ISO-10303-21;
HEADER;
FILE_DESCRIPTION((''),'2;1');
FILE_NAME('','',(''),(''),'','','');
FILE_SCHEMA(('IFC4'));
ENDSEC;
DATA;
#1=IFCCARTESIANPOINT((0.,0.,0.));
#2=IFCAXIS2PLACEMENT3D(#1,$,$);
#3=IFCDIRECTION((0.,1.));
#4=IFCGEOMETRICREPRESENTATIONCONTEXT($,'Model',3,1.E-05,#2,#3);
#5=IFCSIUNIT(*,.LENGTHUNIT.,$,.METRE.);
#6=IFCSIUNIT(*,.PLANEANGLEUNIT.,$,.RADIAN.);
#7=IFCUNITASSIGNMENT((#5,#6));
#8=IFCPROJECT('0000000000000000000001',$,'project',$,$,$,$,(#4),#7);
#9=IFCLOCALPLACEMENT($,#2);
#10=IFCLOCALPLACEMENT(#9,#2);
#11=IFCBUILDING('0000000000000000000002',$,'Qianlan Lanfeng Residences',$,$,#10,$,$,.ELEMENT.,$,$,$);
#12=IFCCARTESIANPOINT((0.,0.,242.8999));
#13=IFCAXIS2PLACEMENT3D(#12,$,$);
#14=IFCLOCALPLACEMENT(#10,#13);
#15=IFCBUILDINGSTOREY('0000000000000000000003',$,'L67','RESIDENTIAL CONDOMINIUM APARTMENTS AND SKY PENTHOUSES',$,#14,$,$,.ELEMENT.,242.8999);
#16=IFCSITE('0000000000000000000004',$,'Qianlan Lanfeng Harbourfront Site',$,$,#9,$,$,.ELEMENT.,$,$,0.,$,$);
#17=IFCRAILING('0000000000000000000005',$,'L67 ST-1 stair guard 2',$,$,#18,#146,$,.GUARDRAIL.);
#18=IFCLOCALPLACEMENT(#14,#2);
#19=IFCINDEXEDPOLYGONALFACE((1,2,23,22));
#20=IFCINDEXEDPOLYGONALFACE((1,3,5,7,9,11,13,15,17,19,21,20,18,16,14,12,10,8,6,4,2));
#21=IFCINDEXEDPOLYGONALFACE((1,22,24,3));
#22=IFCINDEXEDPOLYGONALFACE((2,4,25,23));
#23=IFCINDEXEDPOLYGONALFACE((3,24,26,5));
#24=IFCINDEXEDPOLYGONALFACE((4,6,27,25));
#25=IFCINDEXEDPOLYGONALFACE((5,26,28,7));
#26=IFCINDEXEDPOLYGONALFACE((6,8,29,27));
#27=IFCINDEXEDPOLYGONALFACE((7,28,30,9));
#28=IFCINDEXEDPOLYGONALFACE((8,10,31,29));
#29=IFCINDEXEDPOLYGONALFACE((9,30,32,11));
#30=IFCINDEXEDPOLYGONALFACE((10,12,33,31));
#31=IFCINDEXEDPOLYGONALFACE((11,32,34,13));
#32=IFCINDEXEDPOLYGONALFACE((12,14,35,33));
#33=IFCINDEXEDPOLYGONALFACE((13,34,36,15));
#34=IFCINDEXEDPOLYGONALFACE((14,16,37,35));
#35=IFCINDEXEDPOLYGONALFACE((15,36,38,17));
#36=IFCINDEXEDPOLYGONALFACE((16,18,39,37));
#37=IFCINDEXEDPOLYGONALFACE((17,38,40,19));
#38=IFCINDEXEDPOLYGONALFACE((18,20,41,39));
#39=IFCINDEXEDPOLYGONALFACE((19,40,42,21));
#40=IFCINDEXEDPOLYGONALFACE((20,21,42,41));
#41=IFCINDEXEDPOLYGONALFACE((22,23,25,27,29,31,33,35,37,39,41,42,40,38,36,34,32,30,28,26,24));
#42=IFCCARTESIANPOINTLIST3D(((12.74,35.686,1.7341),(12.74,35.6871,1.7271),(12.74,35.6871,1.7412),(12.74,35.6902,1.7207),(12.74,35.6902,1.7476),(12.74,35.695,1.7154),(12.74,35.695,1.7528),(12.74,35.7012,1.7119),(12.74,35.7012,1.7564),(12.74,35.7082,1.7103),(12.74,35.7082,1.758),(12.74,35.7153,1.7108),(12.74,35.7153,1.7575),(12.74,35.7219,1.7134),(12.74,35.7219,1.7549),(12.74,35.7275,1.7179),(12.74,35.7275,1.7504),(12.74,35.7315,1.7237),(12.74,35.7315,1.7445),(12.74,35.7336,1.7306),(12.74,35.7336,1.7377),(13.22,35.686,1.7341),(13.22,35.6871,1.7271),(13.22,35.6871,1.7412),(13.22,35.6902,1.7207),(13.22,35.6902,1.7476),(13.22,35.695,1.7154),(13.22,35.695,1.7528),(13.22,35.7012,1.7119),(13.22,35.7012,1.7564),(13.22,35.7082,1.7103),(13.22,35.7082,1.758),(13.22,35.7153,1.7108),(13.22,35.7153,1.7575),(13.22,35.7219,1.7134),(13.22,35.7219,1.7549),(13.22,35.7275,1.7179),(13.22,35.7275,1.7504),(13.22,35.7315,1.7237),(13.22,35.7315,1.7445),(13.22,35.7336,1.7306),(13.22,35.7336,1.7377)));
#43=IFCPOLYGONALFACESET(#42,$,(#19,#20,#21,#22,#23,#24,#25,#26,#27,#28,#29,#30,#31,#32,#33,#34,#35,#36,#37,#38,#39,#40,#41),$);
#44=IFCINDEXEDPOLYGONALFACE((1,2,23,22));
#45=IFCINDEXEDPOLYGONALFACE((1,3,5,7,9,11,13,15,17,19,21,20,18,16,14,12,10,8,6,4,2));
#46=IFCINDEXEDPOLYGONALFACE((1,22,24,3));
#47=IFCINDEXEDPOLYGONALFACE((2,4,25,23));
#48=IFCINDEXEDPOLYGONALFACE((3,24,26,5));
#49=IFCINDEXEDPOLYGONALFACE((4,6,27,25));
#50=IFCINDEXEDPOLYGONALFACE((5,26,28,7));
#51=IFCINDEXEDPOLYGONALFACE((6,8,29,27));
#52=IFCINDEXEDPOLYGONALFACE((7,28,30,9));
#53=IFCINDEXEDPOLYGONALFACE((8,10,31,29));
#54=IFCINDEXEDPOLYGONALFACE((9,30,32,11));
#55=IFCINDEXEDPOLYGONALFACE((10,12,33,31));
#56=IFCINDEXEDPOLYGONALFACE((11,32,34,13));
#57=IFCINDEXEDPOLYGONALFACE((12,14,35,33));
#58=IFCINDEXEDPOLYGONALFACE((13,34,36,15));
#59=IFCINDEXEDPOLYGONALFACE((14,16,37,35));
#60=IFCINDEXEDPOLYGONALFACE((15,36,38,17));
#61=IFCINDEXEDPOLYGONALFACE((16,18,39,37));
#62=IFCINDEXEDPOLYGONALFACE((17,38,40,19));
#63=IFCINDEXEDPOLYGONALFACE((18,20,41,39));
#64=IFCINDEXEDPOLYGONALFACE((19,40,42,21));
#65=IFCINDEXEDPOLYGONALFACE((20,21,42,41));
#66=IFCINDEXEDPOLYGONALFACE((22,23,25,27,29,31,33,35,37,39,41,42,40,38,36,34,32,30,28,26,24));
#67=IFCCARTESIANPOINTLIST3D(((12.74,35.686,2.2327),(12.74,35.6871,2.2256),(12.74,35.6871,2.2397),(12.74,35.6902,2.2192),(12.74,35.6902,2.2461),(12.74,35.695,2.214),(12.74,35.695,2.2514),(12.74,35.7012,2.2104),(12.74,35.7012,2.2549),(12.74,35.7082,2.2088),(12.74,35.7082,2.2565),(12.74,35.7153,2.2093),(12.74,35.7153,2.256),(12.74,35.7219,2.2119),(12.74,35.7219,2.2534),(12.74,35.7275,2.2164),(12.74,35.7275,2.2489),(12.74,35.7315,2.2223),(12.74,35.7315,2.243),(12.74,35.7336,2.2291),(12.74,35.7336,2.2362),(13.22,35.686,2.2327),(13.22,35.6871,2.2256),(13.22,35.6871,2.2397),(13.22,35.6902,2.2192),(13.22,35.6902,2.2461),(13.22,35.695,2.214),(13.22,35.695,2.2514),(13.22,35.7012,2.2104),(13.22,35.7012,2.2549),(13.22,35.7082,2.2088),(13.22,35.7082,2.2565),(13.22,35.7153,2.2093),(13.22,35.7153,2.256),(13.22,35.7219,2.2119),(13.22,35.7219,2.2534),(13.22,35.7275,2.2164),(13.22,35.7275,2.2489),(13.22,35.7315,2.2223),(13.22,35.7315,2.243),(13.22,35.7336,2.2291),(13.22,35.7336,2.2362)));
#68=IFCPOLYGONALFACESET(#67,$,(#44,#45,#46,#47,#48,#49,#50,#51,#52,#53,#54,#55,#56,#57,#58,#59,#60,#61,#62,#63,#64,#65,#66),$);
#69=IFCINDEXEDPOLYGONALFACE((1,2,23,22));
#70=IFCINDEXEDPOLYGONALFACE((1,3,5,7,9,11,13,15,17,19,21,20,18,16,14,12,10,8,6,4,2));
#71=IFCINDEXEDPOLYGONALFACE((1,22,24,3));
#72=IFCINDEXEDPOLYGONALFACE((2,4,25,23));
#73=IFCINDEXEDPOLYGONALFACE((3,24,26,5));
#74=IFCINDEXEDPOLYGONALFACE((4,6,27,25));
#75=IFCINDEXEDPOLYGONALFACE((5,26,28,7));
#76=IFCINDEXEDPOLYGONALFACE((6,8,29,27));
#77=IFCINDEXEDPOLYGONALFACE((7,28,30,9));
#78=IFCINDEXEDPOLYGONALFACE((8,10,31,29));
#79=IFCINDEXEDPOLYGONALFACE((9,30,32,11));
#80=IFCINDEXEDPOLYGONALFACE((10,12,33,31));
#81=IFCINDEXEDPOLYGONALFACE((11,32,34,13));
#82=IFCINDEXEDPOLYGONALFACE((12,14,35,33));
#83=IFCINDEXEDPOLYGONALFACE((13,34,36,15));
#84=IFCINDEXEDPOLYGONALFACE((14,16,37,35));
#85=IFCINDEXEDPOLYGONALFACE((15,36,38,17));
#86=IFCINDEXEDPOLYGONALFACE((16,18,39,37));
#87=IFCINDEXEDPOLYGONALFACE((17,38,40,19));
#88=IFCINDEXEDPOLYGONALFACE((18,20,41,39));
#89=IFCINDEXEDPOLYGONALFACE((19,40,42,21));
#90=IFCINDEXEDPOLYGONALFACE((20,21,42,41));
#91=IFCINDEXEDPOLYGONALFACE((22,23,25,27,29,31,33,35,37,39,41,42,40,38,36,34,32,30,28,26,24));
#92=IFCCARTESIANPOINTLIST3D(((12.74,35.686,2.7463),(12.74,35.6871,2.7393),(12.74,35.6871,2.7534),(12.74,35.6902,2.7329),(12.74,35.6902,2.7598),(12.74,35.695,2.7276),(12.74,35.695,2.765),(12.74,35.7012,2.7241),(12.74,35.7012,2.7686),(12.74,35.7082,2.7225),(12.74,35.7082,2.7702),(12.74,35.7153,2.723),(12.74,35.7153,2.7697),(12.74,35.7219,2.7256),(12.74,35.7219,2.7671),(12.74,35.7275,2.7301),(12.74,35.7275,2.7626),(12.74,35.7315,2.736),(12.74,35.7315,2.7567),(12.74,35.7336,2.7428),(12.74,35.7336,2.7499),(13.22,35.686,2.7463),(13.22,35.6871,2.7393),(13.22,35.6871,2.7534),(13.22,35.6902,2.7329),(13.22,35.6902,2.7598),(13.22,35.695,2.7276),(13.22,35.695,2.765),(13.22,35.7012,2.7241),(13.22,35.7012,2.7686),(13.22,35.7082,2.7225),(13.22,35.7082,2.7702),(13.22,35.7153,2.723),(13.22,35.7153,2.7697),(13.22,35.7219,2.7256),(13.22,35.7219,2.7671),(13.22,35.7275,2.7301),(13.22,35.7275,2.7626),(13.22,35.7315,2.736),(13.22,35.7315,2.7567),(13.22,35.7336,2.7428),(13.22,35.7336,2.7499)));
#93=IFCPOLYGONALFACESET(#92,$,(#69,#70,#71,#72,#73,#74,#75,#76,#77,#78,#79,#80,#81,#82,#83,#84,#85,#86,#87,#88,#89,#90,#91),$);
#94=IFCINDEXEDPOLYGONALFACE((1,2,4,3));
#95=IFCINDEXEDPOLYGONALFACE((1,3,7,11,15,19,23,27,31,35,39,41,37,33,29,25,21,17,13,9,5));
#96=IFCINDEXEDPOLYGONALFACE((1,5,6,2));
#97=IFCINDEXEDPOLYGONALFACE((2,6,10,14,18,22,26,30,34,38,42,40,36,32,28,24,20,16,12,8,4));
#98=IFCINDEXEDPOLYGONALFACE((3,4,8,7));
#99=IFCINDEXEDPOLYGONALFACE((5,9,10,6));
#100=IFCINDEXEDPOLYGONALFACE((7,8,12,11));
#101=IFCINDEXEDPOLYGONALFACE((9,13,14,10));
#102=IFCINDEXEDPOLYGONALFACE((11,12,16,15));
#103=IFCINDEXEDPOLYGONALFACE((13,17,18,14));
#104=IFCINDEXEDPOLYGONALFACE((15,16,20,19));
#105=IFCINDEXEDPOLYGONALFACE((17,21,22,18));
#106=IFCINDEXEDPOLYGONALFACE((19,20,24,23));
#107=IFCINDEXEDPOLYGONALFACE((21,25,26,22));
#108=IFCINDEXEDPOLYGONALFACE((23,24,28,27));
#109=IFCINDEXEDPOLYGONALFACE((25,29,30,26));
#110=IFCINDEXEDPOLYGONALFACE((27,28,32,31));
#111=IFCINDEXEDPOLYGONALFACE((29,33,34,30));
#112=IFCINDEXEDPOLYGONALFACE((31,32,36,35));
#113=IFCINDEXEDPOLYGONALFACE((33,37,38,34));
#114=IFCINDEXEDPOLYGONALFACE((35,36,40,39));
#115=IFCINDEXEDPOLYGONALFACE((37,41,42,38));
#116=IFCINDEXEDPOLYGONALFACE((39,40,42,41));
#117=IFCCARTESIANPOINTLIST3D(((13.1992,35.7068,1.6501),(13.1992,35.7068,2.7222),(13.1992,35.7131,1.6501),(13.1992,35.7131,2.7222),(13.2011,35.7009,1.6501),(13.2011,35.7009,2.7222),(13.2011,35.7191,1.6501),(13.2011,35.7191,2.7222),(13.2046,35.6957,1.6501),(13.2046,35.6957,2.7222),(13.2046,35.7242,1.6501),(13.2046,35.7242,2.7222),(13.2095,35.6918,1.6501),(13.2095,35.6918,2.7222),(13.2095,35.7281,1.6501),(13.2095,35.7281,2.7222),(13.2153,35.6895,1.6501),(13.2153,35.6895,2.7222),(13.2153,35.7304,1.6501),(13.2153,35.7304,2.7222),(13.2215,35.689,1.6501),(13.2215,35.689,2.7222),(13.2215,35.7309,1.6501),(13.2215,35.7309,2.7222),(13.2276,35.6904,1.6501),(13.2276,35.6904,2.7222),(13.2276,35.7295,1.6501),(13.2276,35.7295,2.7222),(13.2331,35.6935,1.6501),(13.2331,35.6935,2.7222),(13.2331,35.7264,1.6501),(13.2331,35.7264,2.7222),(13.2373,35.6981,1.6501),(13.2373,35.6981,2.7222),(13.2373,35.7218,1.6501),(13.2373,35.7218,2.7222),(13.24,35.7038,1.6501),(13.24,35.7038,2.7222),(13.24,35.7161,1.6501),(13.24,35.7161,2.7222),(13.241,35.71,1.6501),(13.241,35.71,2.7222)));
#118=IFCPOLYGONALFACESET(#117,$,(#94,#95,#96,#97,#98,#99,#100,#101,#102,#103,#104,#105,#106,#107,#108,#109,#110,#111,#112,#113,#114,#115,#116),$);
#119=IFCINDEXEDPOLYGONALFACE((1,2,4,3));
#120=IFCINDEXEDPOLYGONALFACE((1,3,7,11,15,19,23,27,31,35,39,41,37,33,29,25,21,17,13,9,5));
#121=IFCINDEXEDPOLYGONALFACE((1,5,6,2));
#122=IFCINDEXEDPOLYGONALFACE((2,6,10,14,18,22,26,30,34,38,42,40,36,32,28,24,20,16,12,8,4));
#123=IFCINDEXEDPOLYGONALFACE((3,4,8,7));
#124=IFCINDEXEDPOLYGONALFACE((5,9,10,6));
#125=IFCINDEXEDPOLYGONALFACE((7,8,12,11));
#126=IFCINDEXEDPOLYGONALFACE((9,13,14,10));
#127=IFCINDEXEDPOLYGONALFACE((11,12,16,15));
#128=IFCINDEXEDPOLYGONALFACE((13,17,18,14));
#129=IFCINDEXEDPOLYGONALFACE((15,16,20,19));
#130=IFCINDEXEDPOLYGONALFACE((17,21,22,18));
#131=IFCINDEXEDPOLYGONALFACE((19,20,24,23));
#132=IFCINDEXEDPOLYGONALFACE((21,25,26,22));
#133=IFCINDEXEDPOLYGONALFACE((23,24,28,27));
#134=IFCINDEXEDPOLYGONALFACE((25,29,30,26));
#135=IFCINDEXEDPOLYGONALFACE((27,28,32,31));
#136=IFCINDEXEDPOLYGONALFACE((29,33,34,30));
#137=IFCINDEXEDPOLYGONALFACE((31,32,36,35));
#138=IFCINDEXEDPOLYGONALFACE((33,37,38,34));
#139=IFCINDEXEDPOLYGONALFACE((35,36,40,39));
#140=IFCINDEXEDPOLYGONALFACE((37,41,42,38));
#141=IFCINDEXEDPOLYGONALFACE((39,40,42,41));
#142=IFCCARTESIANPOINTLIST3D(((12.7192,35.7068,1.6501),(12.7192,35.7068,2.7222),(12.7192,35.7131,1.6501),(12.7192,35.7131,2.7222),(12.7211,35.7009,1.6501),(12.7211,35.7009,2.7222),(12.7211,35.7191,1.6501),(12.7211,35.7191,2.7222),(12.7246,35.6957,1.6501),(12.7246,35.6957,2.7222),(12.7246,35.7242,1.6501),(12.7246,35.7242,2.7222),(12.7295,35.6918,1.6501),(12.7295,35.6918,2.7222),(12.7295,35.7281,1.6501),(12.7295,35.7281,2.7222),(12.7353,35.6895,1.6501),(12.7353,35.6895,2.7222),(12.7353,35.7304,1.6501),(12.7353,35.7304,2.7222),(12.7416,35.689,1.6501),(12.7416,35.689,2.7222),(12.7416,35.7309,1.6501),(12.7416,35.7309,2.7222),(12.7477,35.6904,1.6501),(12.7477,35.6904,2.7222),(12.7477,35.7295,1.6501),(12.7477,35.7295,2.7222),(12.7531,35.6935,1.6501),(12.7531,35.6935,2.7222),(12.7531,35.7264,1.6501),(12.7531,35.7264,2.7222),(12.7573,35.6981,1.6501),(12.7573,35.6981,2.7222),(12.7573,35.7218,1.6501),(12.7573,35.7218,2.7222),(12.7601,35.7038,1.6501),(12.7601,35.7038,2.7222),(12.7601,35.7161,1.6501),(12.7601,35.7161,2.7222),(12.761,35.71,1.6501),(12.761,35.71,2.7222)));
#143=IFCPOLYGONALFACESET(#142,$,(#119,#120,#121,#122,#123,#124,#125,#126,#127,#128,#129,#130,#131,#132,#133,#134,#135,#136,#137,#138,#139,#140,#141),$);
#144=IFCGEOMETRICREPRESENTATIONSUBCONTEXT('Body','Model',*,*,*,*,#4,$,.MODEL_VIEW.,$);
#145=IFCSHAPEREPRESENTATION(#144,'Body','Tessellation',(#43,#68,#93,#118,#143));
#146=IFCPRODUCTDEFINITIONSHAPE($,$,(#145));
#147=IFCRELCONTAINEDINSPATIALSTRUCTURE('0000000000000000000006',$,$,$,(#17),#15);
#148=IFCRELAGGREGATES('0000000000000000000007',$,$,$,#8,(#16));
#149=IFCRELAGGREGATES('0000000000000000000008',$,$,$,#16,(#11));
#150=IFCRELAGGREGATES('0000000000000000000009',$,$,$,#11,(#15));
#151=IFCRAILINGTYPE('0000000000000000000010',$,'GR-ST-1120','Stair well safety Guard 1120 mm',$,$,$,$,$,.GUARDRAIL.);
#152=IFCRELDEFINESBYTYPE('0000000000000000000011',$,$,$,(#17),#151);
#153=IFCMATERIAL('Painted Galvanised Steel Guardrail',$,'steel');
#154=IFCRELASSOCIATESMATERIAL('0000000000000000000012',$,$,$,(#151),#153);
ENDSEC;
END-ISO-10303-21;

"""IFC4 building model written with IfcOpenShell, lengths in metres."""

from ifc_helpers import new_model, si_unit, direction, frame, origin, origin_2d, place, context, subcontext, project, spatial, circle, extrude, material, type_object, element, save


model = new_model("IFC4")

# Units and contexts
model_context = context("Model", 3, precision=1e-05, world=origin(), true_north=direction((0.0, 1.0)))
body_context = subcontext(model_context, "Body", "Model", "MODEL_VIEW")
ifc_project = project(units=[si_unit("LENGTHUNIT", "METRE"), si_unit("PLANEANGLEUNIT", "RADIAN")], contexts=[model_context])

# Site, building, storey
site_placement = place(None, origin())
site = spatial("IfcSite", under=ifc_project, at=site_placement, Name="Qianlan Lanfeng Harbourfront Site", CompositionType="ELEMENT", RefElevation=0.0)
building_placement = place(site_placement, origin())
building = spatial("IfcBuilding", under=site, at=building_placement, Name="Qianlan Lanfeng Residences", CompositionType="ELEMENT")
storey_placement = place(building_placement, frame((0.0, 0.0, 242.8999)))
storey = spatial("IfcBuildingStorey", under=building, at=storey_placement, Name="L67", Description="RESIDENTIAL CONDOMINIUM APARTMENTS AND SKY PENTHOUSES", CompositionType="ELEMENT", Elevation=242.8999)

# Railing
ifc_material_1 = material(Name="Painted Galvanised Steel Guardrail", Category="steel")
railing_type_1 = type_object("IfcRailingType", Name="GR-ST-1120", Description="Stair well safety Guard 1120 mm", PredefinedType="GUARDRAIL", material=ifc_material_1)
railing_1_placement = place(storey_placement, frame((13.22, 35.71, 1.6501)))
element("IfcRailing", 1, at=railing_1_placement, inside=storey, type_object=railing_type_1, Name="L67 ST-1 stair guard 2", PredefinedType="GUARDRAIL", context=body_context, shape_type="SweptSolid", body=[
    extrude(circle(Radius=0.0239, at=origin_2d()), frame((0.0, 0.0, 0.084), z_axis=(-1.0, 0.0, 0.0), x_axis=(0.0, -1.0, 0.0)), (0.0, 0.0, 1.0), 0.48),
    extrude(circle(Radius=0.0239, at=origin_2d()), frame((0.0, 0.0, 0.5825), z_axis=(-1.0, 0.0, 0.0), x_axis=(0.0, -1.0, 0.0)), (0.0, 0.0, 1.0), 0.48),
    extrude(circle(Radius=0.0239, at=origin_2d()), frame((0.0, 0.0, 1.0962), z_axis=(-1.0, 0.0, 0.0), x_axis=(0.0, -1.0, 0.0)), (0.0, 0.0, 1.0), 0.48),
    extrude(circle(Radius=0.021, at=origin_2d()), origin(), (0.0, 0.0, 1.0), 1.072),
    extrude(circle(Radius=0.021, at=origin_2d()), frame((-0.48, 0.0, 0.0)), (0.0, 0.0, 1.0), 1.072),
])

save(model, "model.ifc")
